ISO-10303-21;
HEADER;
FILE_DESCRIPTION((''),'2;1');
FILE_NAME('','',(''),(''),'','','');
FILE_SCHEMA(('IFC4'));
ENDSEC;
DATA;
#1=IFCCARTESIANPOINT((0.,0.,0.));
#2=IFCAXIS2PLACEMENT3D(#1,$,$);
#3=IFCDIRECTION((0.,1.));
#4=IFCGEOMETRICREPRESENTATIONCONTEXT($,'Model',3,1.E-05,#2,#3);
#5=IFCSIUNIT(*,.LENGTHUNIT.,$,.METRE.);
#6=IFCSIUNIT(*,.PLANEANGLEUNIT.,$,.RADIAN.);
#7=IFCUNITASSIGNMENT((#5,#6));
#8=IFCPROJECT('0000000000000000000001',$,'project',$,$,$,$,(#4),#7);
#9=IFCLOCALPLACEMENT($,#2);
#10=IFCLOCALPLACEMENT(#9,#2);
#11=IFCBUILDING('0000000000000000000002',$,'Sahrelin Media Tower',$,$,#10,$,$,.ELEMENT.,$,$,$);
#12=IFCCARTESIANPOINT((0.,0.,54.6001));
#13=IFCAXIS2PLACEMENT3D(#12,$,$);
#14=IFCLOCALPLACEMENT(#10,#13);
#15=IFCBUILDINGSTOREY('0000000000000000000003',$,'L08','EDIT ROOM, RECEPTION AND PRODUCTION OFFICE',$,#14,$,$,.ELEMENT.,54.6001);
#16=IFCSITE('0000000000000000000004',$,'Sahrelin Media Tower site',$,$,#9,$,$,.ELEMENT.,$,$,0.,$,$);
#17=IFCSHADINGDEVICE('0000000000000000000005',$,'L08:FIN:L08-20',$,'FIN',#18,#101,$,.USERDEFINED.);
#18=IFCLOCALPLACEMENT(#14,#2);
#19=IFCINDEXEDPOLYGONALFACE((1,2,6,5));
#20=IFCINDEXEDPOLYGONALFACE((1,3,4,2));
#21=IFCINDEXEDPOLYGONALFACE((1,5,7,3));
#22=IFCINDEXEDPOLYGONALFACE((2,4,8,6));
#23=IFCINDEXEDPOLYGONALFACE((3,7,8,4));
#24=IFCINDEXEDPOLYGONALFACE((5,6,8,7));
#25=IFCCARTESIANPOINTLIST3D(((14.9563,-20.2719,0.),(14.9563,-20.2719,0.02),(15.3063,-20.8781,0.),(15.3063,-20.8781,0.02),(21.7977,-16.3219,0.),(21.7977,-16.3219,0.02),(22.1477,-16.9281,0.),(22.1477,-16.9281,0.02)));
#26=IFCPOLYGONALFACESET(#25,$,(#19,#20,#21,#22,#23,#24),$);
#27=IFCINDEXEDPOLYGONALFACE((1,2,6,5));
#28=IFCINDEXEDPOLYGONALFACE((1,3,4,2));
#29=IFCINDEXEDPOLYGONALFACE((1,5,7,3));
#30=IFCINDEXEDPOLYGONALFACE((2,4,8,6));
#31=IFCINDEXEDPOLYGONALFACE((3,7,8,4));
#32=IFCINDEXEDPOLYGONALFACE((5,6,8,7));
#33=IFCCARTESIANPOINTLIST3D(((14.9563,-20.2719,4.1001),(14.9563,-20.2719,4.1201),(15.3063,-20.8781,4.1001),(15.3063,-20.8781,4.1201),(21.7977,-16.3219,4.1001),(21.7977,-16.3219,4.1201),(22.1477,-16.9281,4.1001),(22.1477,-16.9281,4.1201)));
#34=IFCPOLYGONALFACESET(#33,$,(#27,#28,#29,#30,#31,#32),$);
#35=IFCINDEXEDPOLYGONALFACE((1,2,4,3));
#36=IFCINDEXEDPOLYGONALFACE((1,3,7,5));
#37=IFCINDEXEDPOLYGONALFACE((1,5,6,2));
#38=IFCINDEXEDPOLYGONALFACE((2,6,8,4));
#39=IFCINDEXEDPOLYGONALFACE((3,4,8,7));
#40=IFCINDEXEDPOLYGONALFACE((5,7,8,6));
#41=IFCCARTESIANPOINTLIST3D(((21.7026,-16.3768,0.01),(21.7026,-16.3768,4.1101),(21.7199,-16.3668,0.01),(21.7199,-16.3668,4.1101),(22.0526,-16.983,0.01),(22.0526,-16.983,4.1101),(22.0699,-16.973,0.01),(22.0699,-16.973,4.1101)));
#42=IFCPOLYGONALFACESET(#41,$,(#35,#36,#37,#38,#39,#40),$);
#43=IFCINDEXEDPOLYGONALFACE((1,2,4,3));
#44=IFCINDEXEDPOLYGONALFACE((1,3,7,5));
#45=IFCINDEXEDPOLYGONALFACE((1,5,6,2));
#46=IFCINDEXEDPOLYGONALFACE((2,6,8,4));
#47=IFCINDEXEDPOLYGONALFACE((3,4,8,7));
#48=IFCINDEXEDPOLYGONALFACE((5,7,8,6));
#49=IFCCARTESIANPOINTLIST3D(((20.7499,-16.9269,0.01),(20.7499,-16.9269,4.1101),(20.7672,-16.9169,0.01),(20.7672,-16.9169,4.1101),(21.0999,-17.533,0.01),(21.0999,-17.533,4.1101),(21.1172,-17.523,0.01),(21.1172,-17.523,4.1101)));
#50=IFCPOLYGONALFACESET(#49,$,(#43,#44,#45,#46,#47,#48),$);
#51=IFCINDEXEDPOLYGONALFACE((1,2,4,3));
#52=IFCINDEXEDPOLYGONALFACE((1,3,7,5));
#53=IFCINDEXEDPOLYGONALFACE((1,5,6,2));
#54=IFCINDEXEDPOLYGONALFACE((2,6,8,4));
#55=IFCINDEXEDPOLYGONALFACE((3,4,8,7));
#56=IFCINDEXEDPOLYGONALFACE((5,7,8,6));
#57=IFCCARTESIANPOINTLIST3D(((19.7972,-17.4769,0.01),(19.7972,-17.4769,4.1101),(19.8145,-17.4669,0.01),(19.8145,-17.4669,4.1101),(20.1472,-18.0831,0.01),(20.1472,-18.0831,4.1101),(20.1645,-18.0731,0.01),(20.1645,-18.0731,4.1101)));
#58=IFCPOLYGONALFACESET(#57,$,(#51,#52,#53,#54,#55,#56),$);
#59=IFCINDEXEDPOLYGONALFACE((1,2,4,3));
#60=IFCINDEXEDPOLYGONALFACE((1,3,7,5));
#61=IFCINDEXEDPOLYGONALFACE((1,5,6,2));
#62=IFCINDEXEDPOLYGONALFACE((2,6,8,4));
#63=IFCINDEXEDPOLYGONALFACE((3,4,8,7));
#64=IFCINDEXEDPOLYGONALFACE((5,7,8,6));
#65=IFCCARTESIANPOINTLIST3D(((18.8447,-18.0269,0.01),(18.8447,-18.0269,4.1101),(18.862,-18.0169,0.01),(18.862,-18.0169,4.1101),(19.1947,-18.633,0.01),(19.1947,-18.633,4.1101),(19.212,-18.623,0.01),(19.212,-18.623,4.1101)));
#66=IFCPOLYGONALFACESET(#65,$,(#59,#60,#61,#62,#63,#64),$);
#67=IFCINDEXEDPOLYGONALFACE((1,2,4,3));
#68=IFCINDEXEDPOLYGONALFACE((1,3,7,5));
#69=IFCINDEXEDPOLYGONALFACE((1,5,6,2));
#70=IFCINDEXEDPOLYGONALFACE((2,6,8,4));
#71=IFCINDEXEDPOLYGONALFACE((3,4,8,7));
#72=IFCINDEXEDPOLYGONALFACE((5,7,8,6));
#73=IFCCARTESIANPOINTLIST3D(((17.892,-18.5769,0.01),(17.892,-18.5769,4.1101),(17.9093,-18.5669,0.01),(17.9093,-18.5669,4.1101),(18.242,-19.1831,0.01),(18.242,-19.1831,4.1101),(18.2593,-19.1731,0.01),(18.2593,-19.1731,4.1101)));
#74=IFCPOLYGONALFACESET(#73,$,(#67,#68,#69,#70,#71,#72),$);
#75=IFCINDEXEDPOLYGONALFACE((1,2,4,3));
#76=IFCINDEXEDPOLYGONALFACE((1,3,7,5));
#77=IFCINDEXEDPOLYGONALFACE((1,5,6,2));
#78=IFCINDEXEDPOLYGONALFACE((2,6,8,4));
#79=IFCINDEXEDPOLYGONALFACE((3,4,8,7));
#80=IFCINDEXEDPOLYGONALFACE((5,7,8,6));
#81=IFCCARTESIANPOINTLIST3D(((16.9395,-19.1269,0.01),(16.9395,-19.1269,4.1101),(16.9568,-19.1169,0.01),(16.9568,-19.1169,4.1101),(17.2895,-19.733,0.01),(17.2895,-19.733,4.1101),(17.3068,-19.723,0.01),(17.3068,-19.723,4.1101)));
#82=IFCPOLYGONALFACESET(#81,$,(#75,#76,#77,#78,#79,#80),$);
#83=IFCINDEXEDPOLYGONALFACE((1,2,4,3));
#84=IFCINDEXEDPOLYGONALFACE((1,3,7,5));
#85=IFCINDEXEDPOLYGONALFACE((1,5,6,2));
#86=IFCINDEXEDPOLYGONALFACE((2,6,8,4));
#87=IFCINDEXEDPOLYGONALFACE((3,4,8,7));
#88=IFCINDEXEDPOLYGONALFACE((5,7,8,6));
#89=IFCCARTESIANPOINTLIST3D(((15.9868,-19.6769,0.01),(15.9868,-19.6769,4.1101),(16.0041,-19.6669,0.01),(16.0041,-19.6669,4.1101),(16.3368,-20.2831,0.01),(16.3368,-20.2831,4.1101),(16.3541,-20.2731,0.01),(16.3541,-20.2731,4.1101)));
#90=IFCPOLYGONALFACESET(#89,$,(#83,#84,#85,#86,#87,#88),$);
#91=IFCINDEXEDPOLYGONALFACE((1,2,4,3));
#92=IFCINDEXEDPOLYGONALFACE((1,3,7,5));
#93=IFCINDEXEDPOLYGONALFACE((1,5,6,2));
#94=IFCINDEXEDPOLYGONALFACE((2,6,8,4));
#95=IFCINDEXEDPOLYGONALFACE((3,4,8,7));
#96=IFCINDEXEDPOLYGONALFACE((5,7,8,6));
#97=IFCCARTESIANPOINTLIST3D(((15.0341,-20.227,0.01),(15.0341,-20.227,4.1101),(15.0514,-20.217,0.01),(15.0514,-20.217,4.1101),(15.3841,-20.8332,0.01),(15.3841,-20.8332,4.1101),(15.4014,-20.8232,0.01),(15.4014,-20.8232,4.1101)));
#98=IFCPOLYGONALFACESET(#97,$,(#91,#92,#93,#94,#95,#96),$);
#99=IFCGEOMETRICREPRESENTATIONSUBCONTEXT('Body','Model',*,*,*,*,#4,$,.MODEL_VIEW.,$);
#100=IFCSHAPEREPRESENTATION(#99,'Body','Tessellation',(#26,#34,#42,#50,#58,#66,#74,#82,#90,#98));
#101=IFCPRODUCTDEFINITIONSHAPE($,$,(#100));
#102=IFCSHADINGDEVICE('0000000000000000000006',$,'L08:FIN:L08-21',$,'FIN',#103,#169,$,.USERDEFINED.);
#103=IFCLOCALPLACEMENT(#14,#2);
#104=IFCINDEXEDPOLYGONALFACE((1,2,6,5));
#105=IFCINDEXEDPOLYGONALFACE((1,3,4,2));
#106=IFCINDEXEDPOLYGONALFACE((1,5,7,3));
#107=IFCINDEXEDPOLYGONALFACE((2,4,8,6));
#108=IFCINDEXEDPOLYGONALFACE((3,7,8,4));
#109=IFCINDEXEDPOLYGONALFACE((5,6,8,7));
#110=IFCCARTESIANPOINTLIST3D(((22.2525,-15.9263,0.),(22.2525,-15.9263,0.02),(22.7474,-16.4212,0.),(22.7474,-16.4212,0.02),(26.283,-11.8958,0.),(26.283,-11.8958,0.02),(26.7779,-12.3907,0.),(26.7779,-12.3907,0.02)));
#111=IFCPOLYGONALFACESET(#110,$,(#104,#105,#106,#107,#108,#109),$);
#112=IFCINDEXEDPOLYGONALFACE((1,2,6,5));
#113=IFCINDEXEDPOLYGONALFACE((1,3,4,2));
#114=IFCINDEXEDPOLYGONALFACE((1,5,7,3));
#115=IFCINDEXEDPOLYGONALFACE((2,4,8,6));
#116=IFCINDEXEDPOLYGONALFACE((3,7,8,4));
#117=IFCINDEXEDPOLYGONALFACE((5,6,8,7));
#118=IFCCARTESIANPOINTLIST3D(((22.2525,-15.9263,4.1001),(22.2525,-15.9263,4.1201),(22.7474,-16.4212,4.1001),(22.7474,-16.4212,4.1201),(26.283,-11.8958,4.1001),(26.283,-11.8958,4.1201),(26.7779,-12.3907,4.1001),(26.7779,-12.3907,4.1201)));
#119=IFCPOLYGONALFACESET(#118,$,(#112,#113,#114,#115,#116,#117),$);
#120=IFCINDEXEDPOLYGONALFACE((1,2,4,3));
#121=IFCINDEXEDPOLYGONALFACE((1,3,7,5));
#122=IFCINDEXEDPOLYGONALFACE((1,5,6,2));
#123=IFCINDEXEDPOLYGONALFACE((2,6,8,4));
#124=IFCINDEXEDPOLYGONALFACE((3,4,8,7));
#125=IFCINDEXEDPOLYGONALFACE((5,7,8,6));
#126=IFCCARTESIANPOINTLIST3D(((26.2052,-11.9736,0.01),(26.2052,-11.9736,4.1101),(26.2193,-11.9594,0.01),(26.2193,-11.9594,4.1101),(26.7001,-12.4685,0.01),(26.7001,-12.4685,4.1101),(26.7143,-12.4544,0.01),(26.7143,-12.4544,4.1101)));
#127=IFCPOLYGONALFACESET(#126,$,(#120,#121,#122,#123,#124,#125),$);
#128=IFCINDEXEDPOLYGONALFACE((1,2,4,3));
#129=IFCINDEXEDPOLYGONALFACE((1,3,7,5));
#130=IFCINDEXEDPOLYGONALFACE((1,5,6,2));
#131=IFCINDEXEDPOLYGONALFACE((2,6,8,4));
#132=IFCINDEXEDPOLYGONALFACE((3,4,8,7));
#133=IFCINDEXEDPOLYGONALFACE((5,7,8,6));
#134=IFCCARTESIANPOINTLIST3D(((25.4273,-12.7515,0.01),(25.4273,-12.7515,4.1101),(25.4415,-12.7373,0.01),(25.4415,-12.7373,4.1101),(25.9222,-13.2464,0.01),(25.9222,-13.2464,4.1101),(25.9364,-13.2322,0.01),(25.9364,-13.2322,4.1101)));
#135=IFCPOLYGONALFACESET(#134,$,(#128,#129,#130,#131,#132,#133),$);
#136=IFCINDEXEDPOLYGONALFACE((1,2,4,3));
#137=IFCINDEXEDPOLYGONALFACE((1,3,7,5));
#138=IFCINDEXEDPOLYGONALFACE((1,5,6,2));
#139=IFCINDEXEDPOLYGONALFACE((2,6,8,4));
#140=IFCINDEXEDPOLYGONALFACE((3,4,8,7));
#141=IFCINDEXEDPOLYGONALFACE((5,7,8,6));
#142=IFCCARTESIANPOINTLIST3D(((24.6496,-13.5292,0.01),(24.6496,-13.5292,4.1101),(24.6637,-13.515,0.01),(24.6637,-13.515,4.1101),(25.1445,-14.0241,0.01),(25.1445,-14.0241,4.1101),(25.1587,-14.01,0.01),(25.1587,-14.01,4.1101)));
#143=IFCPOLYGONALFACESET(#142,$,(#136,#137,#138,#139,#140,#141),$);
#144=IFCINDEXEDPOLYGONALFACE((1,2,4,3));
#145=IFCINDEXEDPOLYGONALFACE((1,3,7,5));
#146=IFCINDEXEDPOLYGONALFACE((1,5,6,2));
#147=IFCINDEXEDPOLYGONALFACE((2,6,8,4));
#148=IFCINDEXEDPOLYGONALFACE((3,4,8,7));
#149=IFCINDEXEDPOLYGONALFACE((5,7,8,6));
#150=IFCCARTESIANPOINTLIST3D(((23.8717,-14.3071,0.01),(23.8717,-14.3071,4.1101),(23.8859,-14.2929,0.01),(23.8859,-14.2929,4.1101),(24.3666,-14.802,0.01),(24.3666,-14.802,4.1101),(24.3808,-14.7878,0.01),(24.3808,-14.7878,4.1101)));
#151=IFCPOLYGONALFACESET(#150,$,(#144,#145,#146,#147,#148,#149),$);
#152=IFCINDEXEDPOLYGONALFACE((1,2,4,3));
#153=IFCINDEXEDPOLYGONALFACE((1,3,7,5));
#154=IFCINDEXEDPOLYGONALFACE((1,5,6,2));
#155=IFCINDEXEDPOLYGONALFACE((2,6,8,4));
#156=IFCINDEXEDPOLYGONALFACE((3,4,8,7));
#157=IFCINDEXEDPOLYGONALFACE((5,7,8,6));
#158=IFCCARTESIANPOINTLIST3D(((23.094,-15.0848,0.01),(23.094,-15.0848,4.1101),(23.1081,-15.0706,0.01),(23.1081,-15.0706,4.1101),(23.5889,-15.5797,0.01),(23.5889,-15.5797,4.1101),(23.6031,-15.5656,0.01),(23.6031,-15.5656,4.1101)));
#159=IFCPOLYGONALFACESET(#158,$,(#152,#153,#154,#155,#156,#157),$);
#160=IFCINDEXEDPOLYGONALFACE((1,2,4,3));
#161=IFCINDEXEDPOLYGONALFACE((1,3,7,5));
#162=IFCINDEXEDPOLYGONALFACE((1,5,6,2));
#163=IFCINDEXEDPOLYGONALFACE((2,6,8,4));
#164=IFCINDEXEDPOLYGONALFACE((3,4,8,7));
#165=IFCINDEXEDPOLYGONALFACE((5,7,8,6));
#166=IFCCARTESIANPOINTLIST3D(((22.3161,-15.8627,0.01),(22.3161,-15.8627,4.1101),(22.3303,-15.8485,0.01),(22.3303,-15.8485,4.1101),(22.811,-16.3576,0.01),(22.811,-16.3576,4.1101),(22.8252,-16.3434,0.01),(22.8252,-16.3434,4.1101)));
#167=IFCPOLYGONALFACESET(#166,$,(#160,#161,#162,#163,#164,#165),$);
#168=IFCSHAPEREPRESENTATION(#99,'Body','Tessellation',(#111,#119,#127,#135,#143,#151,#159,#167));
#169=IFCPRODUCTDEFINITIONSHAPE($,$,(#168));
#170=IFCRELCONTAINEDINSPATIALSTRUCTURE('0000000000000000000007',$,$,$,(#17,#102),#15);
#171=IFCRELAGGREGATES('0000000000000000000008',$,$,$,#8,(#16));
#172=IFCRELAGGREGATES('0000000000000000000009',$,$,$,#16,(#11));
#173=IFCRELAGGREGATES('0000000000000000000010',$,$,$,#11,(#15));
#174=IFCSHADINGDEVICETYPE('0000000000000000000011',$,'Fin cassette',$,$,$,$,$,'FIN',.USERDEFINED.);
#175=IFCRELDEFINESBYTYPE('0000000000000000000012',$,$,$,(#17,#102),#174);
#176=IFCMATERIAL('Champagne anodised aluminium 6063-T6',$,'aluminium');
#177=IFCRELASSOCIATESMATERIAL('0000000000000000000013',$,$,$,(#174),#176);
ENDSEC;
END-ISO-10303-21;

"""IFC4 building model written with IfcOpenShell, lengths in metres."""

from ifc_helpers import new_model, si_unit, direction, frame, origin, origin_2d, place, context, subcontext, project, spatial, rectangle, extrude, material, type_object, element, save


model = new_model("IFC4")

# Units and contexts
model_context = context("Model", 3, precision=1e-05, world=origin(), true_north=direction((0.0, 1.0)))
body_context = subcontext(model_context, "Body", "Model", "MODEL_VIEW")
ifc_project = project(units=[si_unit("LENGTHUNIT", "METRE"), si_unit("PLANEANGLEUNIT", "RADIAN")], contexts=[model_context])

# Site, building, storey
site_placement = place(None, origin())
site = spatial("IfcSite", under=ifc_project, at=site_placement, Name="Sahrelin Media Tower site", CompositionType="ELEMENT", RefElevation=0.0)
building_placement = place(site_placement, origin())
building = spatial("IfcBuilding", under=site, at=building_placement, Name="Sahrelin Media Tower", CompositionType="ELEMENT")
storey_placement = place(building_placement, frame((0.0, 0.0, 54.6001)))
storey = spatial("IfcBuildingStorey", under=building, at=storey_placement, Name="L08", Description="EDIT ROOM, RECEPTION AND PRODUCTION OFFICE", CompositionType="ELEMENT", Elevation=54.6001)

# Shared definitions
ifc_material_1 = material(Name="Champagne anodised aluminium 6063-T6", Category="aluminium")

# Shading devices
shading_device_type_1 = type_object("IfcShadingDeviceType", Name="Fin cassette", ElementType="FIN", PredefinedType="USERDEFINED", material=ifc_material_1)
placement_1 = place(storey_placement, frame((18.342, -18.2363, 0.0), z_axis=(0.0, 0.0, 1.0), x_axis=(-0.866019, -0.500011, 0.0)))
element("IfcShadingDevice", 1, at=placement_1, inside=storey, type_object=shading_device_type_1, Name="L08:FIN:L08-20", ObjectType="FIN", PredefinedType="USERDEFINED", context=body_context, shape_type="SweptSolid", body=[
    extrude(rectangle(XDim=7.8999, YDim=0.7, at=origin_2d()), frame((0.0, 0.4199, 0.0)), (0.0, 0.0, 1.0), 0.02),
    extrude(rectangle(XDim=7.8999, YDim=0.7, at=origin_2d()), frame((0.0, 0.4199, 4.1001)), (0.0, 0.0, 1.0), 0.02),
    extrude(rectangle(XDim=0.02, YDim=0.7, at=origin_2d()), frame((-3.8501, 0.4199, 0.01), z_axis=(0.0, 0.0, 1.0), x_axis=(1.0, 0.0, 0.0)), (0.0, 0.0, 1.0), 4.1001),
    extrude(rectangle(XDim=0.02, YDim=0.7, at=origin_2d()), frame((-2.75, 0.4199, 0.01), z_axis=(0.0, 0.0, 1.0), x_axis=(1.0, 0.0, 0.0)), (0.0, 0.0, 1.0), 4.1001),
    extrude(rectangle(XDim=0.02, YDim=0.7, at=origin_2d()), frame((-1.6499, 0.4199, 0.01), z_axis=(0.0, 0.0, 1.0), x_axis=(1.0, 0.0, 0.0)), (0.0, 0.0, 1.0), 4.1001),
    extrude(rectangle(XDim=0.02, YDim=0.7, at=origin_2d()), frame((-0.55, 0.4199, 0.01), z_axis=(0.0, 0.0, 1.0), x_axis=(1.0, 0.0, 0.0)), (0.0, 0.0, 1.0), 4.1001),
    extrude(rectangle(XDim=0.02, YDim=0.7, at=origin_2d()), frame((0.55, 0.4199, 0.01), z_axis=(0.0, 0.0, 1.0), x_axis=(1.0, 0.0, 0.0)), (0.0, 0.0, 1.0), 4.1001),
    extrude(rectangle(XDim=0.02, YDim=0.7, at=origin_2d()), frame((1.6499, 0.4199, 0.01), z_axis=(0.0, 0.0, 1.0), x_axis=(1.0, 0.0, 0.0)), (0.0, 0.0, 1.0), 4.1001),
    extrude(rectangle(XDim=0.02, YDim=0.7, at=origin_2d()), frame((2.75, 0.4199, 0.01), z_axis=(0.0, 0.0, 1.0), x_axis=(1.0, 0.0, 0.0)), (0.0, 0.0, 1.0), 4.1001),
    extrude(rectangle(XDim=0.02, YDim=0.7, at=origin_2d()), frame((3.8501, 0.4199, 0.01), z_axis=(0.0, 0.0, 1.0), x_axis=(1.0, 0.0, 0.0)), (0.0, 0.0, 1.0), 4.1001),
])
placement_2 = place(storey_placement, frame((24.2183, -13.8616, 0.0), z_axis=(0.0, 0.0, 1.0), x_axis=(-0.707107, -0.707107, 0.0)))
element("IfcShadingDevice", 2, at=placement_2, inside=storey, type_object=shading_device_type_1, Name="L08:FIN:L08-21", ObjectType="FIN", PredefinedType="USERDEFINED", context=body_context, shape_type="SweptSolid", body=[
    extrude(rectangle(XDim=5.7, YDim=0.7, at=origin_2d()), frame((0.0, 0.4199, 0.0)), (0.0, 0.0, 1.0), 0.02),
    extrude(rectangle(XDim=5.7, YDim=0.7, at=origin_2d()), frame((0.0, 0.4199, 4.1001)), (0.0, 0.0, 1.0), 0.02),
    extrude(rectangle(XDim=0.02, YDim=0.7, at=origin_2d()), frame((-2.75, 0.4199, 0.01), z_axis=(0.0, 0.0, 1.0), x_axis=(1.0, 0.0, 0.0)), (0.0, 0.0, 1.0), 4.1001),
    extrude(rectangle(XDim=0.02, YDim=0.7, at=origin_2d()), frame((-1.6499, 0.4199, 0.01), z_axis=(0.0, 0.0, 1.0), x_axis=(1.0, 0.0, 0.0)), (0.0, 0.0, 1.0), 4.1001),
    extrude(rectangle(XDim=0.02, YDim=0.7, at=origin_2d()), frame((-0.55, 0.4199, 0.01), z_axis=(0.0, 0.0, 1.0), x_axis=(1.0, 0.0, 0.0)), (0.0, 0.0, 1.0), 4.1001),
    extrude(rectangle(XDim=0.02, YDim=0.7, at=origin_2d()), frame((0.55, 0.4199, 0.01), z_axis=(0.0, 0.0, 1.0), x_axis=(1.0, 0.0, 0.0)), (0.0, 0.0, 1.0), 4.1001),
    extrude(rectangle(XDim=0.02, YDim=0.7, at=origin_2d()), frame((1.6499, 0.4199, 0.01), z_axis=(0.0, 0.0, 1.0), x_axis=(1.0, 0.0, 0.0)), (0.0, 0.0, 1.0), 4.1001),
    extrude(rectangle(XDim=0.02, YDim=0.7, at=origin_2d()), frame((2.75, 0.4199, 0.01), z_axis=(0.0, 0.0, 1.0), x_axis=(1.0, 0.0, 0.0)), (0.0, 0.0, 1.0), 4.1001),
])

save(model, "model.ifc")
